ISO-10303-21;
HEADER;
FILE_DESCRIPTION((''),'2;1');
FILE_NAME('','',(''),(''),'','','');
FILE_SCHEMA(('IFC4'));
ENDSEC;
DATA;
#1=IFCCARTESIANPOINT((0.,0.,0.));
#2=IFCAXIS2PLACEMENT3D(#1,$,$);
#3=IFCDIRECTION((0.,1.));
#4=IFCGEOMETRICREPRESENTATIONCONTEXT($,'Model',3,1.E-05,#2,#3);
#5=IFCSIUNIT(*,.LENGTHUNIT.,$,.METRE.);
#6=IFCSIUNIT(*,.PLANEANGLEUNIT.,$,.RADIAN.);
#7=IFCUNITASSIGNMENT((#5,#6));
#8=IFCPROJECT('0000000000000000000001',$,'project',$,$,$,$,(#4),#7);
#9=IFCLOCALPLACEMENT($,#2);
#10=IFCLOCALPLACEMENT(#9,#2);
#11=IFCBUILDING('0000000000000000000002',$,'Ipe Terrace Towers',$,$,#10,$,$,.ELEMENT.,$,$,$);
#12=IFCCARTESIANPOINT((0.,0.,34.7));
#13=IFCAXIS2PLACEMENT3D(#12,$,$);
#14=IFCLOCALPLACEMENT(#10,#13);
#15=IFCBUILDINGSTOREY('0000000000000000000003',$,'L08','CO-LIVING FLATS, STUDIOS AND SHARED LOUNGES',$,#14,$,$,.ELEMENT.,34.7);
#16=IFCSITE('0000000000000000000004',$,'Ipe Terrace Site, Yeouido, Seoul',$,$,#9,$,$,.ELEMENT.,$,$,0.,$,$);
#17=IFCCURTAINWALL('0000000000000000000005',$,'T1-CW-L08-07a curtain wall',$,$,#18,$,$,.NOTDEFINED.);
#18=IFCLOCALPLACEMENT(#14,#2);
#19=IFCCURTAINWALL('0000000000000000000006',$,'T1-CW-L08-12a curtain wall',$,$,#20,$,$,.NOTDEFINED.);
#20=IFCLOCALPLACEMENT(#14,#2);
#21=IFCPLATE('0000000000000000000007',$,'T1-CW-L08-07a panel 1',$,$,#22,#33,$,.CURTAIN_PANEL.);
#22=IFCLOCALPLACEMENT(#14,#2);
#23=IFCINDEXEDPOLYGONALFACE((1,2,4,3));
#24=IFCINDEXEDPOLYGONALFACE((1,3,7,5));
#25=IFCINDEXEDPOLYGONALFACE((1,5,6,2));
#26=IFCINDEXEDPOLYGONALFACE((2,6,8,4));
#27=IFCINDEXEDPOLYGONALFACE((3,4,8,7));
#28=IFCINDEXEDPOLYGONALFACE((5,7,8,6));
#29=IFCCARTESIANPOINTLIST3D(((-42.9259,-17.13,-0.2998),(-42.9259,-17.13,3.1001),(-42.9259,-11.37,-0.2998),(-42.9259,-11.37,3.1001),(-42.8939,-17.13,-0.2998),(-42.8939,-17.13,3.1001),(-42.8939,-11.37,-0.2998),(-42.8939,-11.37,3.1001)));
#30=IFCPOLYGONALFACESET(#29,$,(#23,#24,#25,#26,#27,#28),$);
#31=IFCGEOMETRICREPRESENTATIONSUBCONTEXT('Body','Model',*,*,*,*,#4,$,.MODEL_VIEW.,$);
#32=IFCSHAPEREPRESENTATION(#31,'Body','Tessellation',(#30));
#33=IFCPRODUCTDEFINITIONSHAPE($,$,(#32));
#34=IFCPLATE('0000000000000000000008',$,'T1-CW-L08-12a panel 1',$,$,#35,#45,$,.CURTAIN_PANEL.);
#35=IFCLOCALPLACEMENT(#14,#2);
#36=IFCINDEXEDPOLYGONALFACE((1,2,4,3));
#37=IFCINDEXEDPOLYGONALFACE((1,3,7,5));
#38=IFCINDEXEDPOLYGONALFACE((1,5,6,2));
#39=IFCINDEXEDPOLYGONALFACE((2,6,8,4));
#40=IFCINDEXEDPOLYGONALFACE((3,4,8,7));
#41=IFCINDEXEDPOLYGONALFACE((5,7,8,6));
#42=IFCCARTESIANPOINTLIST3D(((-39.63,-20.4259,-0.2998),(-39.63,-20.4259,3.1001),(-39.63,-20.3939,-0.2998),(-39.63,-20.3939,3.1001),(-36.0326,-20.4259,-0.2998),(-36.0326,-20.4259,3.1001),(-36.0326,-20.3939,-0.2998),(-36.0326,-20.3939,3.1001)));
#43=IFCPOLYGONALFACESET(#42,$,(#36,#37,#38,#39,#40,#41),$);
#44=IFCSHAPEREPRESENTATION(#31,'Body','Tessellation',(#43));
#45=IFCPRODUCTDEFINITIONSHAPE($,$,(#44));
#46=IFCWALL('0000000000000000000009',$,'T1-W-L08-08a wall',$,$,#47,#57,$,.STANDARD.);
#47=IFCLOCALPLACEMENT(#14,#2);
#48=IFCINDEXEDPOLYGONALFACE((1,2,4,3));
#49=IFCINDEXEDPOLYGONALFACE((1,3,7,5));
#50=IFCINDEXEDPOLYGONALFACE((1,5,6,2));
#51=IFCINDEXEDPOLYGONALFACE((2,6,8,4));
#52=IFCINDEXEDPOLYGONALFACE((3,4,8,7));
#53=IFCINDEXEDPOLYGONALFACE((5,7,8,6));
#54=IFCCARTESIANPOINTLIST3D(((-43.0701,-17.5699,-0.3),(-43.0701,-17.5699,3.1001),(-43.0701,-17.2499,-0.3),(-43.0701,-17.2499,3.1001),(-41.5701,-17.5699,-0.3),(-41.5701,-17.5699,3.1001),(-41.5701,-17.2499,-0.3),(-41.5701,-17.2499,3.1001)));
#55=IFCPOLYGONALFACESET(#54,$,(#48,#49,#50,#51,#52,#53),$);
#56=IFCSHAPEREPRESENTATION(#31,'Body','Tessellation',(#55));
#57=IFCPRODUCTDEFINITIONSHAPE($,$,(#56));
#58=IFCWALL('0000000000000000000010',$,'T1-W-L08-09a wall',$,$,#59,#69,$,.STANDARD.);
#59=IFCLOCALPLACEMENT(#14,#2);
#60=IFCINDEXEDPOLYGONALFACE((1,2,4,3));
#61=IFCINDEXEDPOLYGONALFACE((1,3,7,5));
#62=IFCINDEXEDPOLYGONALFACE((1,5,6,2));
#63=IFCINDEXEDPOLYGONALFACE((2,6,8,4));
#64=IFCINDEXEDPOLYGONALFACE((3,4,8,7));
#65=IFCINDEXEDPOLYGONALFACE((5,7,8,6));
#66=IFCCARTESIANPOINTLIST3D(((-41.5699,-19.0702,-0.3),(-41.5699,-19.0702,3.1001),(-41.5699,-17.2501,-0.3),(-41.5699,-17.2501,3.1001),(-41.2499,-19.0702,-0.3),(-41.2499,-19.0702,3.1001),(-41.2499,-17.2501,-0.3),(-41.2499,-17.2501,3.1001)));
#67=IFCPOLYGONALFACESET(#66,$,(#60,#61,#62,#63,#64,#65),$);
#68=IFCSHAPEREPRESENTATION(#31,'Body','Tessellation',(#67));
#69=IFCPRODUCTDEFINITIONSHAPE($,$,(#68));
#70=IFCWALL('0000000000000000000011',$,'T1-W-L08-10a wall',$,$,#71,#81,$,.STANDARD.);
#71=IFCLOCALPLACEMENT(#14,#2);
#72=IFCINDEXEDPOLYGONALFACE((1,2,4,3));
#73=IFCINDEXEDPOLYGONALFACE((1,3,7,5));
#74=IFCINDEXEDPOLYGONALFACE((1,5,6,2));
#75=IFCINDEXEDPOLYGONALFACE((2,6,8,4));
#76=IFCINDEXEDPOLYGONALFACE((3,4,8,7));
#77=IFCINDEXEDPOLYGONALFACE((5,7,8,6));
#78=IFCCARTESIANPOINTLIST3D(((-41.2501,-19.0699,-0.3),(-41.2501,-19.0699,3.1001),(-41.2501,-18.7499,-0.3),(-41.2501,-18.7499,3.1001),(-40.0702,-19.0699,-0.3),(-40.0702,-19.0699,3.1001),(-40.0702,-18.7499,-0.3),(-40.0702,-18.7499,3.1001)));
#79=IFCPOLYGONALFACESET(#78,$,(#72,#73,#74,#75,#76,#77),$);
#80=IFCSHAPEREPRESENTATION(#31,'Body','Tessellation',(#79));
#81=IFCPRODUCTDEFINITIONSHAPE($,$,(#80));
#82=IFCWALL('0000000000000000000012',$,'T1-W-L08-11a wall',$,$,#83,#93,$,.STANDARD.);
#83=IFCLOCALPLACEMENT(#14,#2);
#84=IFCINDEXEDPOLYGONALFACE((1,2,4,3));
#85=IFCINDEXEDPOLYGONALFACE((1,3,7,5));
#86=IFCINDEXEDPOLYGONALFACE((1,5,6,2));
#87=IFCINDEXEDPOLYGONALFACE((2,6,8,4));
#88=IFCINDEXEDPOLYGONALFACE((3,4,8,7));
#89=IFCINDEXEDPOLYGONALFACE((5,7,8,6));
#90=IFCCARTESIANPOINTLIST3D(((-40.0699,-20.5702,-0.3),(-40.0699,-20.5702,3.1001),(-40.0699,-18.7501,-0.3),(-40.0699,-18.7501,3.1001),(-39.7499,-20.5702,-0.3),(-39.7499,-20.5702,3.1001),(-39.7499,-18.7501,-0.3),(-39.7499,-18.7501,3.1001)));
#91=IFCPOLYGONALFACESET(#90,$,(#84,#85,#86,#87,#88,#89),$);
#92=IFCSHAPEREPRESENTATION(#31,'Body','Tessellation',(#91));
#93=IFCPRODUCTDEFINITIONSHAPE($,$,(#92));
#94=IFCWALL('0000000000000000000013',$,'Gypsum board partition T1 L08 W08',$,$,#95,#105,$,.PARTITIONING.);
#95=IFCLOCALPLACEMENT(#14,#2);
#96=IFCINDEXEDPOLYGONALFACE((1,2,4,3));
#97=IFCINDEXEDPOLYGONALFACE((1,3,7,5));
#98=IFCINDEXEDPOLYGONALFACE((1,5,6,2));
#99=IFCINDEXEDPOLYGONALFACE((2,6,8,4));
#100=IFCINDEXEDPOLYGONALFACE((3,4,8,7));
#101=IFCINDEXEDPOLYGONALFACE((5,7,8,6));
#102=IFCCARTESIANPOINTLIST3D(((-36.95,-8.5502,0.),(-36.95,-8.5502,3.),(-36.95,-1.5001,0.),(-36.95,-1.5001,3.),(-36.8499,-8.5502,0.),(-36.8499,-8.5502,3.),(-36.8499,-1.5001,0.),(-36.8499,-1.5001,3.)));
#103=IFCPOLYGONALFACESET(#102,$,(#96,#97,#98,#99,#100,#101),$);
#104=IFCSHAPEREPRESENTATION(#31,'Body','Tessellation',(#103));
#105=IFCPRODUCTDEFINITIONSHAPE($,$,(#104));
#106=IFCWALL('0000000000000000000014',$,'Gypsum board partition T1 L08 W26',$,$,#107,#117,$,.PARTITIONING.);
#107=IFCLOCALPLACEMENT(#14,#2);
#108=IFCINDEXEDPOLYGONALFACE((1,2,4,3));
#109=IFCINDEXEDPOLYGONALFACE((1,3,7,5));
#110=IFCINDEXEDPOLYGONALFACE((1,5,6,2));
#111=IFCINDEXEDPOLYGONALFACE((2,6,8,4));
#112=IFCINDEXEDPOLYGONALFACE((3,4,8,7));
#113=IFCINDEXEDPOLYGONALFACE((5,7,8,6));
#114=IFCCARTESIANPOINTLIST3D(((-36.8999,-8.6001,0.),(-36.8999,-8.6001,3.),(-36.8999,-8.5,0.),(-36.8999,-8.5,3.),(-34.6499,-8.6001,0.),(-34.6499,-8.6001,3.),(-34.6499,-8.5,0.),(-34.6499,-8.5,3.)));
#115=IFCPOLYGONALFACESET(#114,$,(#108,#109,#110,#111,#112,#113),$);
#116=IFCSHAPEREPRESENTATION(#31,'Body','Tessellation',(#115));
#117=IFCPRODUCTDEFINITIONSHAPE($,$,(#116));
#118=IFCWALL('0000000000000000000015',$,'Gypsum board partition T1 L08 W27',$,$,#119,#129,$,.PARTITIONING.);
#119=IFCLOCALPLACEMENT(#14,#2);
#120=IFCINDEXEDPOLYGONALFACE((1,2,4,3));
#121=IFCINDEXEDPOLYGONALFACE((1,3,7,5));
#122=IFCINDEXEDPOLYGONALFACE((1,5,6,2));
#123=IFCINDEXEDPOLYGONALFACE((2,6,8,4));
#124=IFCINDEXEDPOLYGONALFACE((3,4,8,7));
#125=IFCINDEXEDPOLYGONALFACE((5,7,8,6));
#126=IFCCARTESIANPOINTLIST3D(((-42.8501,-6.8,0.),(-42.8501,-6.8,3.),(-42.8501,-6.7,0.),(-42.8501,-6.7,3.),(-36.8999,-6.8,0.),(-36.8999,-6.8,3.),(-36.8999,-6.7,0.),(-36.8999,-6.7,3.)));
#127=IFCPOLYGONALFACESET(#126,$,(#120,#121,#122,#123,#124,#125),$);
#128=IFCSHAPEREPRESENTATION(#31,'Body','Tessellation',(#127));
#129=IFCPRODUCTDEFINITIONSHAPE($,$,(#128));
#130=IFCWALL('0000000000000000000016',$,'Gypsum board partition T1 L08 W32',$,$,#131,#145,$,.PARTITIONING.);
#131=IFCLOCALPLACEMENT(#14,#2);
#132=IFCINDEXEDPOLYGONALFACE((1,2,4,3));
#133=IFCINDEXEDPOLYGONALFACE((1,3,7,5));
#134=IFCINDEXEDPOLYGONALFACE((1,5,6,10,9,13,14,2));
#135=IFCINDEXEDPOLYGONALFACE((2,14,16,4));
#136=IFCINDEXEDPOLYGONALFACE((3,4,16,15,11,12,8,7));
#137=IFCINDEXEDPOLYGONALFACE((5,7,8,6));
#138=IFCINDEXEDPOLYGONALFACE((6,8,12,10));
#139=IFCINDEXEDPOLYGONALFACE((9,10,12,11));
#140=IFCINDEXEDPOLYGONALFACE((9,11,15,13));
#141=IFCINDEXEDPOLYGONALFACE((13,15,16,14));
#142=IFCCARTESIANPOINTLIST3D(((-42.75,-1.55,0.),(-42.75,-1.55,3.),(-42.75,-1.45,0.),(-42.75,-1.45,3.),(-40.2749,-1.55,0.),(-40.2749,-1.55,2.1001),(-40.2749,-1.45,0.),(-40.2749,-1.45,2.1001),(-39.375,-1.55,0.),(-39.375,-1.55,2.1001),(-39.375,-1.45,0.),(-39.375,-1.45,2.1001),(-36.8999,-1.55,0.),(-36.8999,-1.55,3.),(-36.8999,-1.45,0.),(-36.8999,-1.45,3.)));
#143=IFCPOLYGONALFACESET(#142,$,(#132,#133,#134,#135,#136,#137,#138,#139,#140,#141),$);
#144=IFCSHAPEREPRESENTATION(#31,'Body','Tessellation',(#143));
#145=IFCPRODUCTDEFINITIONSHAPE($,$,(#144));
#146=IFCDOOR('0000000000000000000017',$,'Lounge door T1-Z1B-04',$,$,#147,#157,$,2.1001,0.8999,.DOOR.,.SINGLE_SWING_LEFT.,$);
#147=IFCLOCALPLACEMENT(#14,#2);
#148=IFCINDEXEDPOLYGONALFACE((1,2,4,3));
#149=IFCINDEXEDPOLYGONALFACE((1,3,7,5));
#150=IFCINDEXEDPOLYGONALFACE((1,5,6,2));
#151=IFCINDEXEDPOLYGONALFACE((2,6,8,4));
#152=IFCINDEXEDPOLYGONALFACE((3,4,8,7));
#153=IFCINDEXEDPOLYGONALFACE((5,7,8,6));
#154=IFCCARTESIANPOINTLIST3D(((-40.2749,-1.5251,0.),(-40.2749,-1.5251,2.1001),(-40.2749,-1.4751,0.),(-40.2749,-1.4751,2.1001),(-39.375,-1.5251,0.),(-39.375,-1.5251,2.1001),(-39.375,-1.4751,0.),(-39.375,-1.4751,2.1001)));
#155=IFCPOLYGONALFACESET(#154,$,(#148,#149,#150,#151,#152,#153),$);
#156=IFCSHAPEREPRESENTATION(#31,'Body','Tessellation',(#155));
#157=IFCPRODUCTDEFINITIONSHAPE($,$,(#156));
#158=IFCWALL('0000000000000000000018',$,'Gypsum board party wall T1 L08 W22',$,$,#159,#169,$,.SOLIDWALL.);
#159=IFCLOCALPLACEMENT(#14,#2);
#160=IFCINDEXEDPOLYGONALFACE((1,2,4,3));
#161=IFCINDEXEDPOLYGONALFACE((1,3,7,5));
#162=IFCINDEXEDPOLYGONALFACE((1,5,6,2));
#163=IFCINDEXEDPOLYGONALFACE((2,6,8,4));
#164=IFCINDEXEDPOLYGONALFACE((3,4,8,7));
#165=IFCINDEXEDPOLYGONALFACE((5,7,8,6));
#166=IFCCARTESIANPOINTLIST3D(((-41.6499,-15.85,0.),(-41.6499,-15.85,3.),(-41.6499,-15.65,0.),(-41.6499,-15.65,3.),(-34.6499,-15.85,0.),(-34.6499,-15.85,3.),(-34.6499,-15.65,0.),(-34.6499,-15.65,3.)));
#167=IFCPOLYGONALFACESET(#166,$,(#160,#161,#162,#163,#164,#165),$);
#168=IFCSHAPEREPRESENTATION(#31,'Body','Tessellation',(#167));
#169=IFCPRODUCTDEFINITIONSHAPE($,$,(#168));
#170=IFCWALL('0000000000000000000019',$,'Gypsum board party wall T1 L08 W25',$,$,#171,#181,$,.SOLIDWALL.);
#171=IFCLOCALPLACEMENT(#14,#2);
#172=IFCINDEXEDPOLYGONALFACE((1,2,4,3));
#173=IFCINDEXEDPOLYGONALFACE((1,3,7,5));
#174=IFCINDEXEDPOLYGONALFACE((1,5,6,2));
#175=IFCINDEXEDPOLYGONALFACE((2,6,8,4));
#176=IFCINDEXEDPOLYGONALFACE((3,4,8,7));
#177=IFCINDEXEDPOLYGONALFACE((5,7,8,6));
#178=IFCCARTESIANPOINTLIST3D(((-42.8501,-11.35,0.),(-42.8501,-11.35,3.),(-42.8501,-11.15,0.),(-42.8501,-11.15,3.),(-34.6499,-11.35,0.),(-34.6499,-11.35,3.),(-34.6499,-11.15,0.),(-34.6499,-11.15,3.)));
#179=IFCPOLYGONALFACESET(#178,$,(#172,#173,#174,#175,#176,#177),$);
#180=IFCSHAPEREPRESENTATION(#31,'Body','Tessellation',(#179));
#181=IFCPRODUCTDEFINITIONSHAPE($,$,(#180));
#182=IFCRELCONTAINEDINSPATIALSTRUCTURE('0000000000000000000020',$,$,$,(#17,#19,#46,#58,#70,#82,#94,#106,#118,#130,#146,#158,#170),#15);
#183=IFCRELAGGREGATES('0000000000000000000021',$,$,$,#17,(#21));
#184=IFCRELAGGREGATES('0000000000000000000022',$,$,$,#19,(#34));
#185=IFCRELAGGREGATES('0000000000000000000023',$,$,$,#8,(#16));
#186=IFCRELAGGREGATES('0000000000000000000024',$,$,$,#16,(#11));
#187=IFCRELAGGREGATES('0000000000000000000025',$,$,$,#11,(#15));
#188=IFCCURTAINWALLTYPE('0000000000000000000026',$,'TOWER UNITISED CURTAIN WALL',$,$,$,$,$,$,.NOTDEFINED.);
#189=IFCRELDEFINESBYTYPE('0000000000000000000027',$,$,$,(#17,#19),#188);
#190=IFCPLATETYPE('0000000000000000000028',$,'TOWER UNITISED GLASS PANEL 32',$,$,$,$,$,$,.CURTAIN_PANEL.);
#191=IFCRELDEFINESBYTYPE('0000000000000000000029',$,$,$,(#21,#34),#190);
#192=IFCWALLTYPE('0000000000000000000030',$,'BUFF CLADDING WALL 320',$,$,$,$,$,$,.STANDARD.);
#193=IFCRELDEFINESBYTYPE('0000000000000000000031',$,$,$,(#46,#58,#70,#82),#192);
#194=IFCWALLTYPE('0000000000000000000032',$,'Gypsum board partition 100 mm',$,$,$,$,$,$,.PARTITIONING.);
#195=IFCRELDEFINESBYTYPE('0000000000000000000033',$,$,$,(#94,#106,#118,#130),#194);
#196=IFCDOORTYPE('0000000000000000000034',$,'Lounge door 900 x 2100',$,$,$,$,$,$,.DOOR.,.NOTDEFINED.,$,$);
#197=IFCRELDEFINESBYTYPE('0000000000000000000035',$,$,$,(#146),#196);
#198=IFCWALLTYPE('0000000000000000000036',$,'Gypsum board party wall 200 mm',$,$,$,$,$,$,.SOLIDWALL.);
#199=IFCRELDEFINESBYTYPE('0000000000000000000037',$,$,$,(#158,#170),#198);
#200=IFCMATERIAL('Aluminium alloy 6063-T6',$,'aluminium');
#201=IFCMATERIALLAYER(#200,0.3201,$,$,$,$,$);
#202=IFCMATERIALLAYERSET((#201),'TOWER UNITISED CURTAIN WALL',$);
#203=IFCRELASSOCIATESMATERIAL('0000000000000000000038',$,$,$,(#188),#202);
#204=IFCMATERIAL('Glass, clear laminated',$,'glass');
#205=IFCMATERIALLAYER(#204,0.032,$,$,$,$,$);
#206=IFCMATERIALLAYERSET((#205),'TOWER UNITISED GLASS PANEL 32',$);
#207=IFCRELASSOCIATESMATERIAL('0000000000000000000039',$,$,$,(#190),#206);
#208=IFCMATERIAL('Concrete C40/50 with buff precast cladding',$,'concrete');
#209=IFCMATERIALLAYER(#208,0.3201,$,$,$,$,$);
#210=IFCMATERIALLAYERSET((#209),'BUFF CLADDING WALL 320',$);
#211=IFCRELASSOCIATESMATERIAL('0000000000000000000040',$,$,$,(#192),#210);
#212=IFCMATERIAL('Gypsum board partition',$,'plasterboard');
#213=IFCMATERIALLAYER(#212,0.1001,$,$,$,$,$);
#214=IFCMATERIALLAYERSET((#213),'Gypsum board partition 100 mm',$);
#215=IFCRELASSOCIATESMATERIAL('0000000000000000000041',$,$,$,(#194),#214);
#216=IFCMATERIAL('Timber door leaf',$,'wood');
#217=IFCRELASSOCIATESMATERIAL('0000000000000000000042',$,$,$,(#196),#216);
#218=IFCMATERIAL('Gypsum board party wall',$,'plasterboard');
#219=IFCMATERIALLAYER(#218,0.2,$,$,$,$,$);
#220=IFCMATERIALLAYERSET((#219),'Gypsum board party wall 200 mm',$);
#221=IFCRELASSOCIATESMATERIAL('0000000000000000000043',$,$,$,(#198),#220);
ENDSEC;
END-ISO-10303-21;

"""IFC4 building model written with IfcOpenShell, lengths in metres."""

from ifc_helpers import new_model, si_unit, direction, frame, frame_2d, origin, origin_2d, place, context, subcontext, project, spatial, rectangle, extrude, material, layer, layer_set, type_object, element, fill, aggregate, save


model = new_model("IFC4")

# Units and contexts
model_context = context("Model", 3, precision=1e-05, world=origin(), true_north=direction((0.0, 1.0)))
body_context = subcontext(model_context, "Body", "Model", "MODEL_VIEW")
ifc_project = project(units=[si_unit("LENGTHUNIT", "METRE"), si_unit("PLANEANGLEUNIT", "RADIAN")], contexts=[model_context])

# Site, building, storey
site_placement = place(None, origin())
site = spatial("IfcSite", under=ifc_project, at=site_placement, Name="Ipe Terrace Site, Yeouido, Seoul", CompositionType="ELEMENT", RefElevation=0.0)
building_placement = place(site_placement, origin())
building = spatial("IfcBuilding", under=site, at=building_placement, Name="Ipe Terrace Towers", CompositionType="ELEMENT")
storey_placement = place(building_placement, frame((0.0, 0.0, 34.7)))
storey = spatial("IfcBuildingStorey", under=building, at=storey_placement, Name="L08", Description="CO-LIVING FLATS, STUDIOS AND SHARED LOUNGES", CompositionType="ELEMENT", Elevation=34.7)

# Curtain wall
ifc_material_1 = material(Name="Aluminium alloy 6063-T6", Category="aluminium")
ifc_layer_1 = layer(ifc_material_1, 0.3201)
ifc_layer_set_1 = layer_set([ifc_layer_1], Name="TOWER UNITISED CURTAIN WALL")
curtain_wall_type = type_object("IfcCurtainWallType", Name="TOWER UNITISED CURTAIN WALL", PredefinedType="NOTDEFINED", material=ifc_layer_set_1)
curtain_wall_1_placement = place(storey_placement, origin())
curtain_wall_1 = element("IfcCurtainWall", 1, at=curtain_wall_1_placement, inside=storey, type_object=curtain_wall_type, Name="T1-CW-L08-07a curtain wall", PredefinedType="NOTDEFINED")

# Curtain wall
curtain_wall_2_placement = place(storey_placement, origin())
curtain_wall_2 = element("IfcCurtainWall", 2, at=curtain_wall_2_placement, inside=storey, type_object=curtain_wall_type, Name="T1-CW-L08-12a curtain wall", PredefinedType="NOTDEFINED")

# Plates
ifc_material_2 = material(Name="Glass, clear laminated", Category="glass")
ifc_layer_2 = layer(ifc_material_2, 0.032)
ifc_layer_set_2 = layer_set([ifc_layer_2], Name="TOWER UNITISED GLASS PANEL 32")
plate_type = type_object("IfcPlateType", Name="TOWER UNITISED GLASS PANEL 32", PredefinedType="CURTAIN_PANEL", material=ifc_layer_set_2)
plate_1_placement = place(storey_placement, frame((-42.9099, -14.25, -0.2998), z_axis=(0.0, 0.0, 1.0), x_axis=(0.0, -1.0, 0.0)))
plate_1 = element("IfcPlate", 3, at=plate_1_placement, type_object=plate_type, Name="T1-CW-L08-07a panel 1", PredefinedType="CURTAIN_PANEL", context=body_context, shape_type="SweptSolid", body=[
    extrude(rectangle(XDim=5.76, YDim=0.032, at=origin_2d()), origin(), (0.0, 0.0, 1.0), 3.3999),
])
aggregate(curtain_wall_1, [plate_1])
plate_2_placement = place(storey_placement, frame((-37.8313, -20.4099, -0.2998), z_axis=(0.0, 0.0, 1.0), x_axis=(1.0, 0.0, 0.0)))
plate_2 = element("IfcPlate", 4, at=plate_2_placement, type_object=plate_type, Name="T1-CW-L08-12a panel 1", PredefinedType="CURTAIN_PANEL", context=body_context, shape_type="SweptSolid", body=[
    extrude(rectangle(XDim=3.5974, YDim=0.032, at=origin_2d()), origin(), (0.0, 0.0, 1.0), 3.3999),
])
aggregate(curtain_wall_2, [plate_2])

# Walls
ifc_material_3 = material(Name="Concrete C40/50 with buff precast cladding", Category="concrete")
ifc_layer_3 = layer(ifc_material_3, 0.3201)
ifc_layer_set_3 = layer_set([ifc_layer_3], Name="BUFF CLADDING WALL 320")
wall_type_1 = type_object("IfcWallType", Name="BUFF CLADDING WALL 320", PredefinedType="STANDARD", material=ifc_layer_set_3)
wall_1_placement = place(storey_placement, frame((-43.0701, -17.4099, -0.3), z_axis=(0.0, 0.0, 1.0), x_axis=(1.0, 0.0, 0.0)))
element("IfcWall", 5, at=wall_1_placement, inside=storey, type_object=wall_type_1, Name="T1-W-L08-08a wall", PredefinedType="STANDARD", context=body_context, shape_type="SweptSolid", body=[
    extrude(rectangle(XDim=1.5, YDim=0.3201, at=frame_2d((0.75, 0.0))), origin(), (0.0, 0.0, 1.0), 3.4001),
])
wall_2_placement = place(storey_placement, frame((-41.4099, -17.25, -0.3), z_axis=(0.0, 0.0, 1.0), x_axis=(0.0, -1.0, 0.0)))
element("IfcWall", 6, at=wall_2_placement, inside=storey, type_object=wall_type_1, Name="T1-W-L08-09a wall", PredefinedType="STANDARD", context=body_context, shape_type="SweptSolid", body=[
    extrude(rectangle(XDim=1.8201, YDim=0.3201, at=frame_2d((0.9102, 0.0))), origin(), (0.0, 0.0, 1.0), 3.4001),
])
wall_3_placement = place(storey_placement, frame((-41.25, -18.9099, -0.3), z_axis=(0.0, 0.0, 1.0), x_axis=(1.0, 0.0, 0.0)))
element("IfcWall", 7, at=wall_3_placement, inside=storey, type_object=wall_type_1, Name="T1-W-L08-10a wall", PredefinedType="STANDARD", context=body_context, shape_type="SweptSolid", body=[
    extrude(rectangle(XDim=1.1799, YDim=0.3201, at=frame_2d((0.5898, 0.0))), origin(), (0.0, 0.0, 1.0), 3.4001),
])
wall_4_placement = place(storey_placement, frame((-39.9099, -18.75, -0.3), z_axis=(0.0, 0.0, 1.0), x_axis=(0.0, -1.0, 0.0)))
element("IfcWall", 8, at=wall_4_placement, inside=storey, type_object=wall_type_1, Name="T1-W-L08-11a wall", PredefinedType="STANDARD", context=body_context, shape_type="SweptSolid", body=[
    extrude(rectangle(XDim=1.8201, YDim=0.3201, at=frame_2d((0.9102, 0.0))), origin(), (0.0, 0.0, 1.0), 3.4001),
])
ifc_material_4 = material(Name="Gypsum board partition", Category="plasterboard")
ifc_layer_4 = layer(ifc_material_4, 0.1001)
ifc_layer_set_4 = layer_set([ifc_layer_4], Name="Gypsum board partition 100 mm")
wall_type_2 = type_object("IfcWallType", Name="Gypsum board partition 100 mm", PredefinedType="PARTITIONING", material=ifc_layer_set_4)
wall_5_placement = place(storey_placement, frame((-36.8999, -8.55, 0.0), z_axis=(0.0, 0.0, 1.0), x_axis=(0.0, 1.0, 0.0)))
element("IfcWall", 9, at=wall_5_placement, inside=storey, type_object=wall_type_2, Name="Gypsum board partition T1 L08 W08", PredefinedType="PARTITIONING", context=body_context, shape_type="SweptSolid", body=[
    extrude(rectangle(XDim=7.05, YDim=0.1001, at=frame_2d((3.5249, 0.0))), origin(), (0.0, 0.0, 1.0), 3.0),
])
wall_6_placement = place(storey_placement, frame((-36.8999, -8.55, 0.0), z_axis=(0.0, 0.0, 1.0), x_axis=(1.0, 0.0, 0.0)))
element("IfcWall", 10, at=wall_6_placement, inside=storey, type_object=wall_type_2, Name="Gypsum board partition T1 L08 W26", PredefinedType="PARTITIONING", context=body_context, shape_type="SweptSolid", body=[
    extrude(rectangle(XDim=2.25, YDim=0.1001, at=frame_2d((1.125, 0.0))), origin(), (0.0, 0.0, 1.0), 3.0),
])
wall_7_placement = place(storey_placement, frame((-42.8501, -6.75, 0.0), z_axis=(0.0, 0.0, 1.0), x_axis=(1.0, 0.0, 0.0)))
element("IfcWall", 11, at=wall_7_placement, inside=storey, type_object=wall_type_2, Name="Gypsum board partition T1 L08 W27", PredefinedType="PARTITIONING", context=body_context, shape_type="SweptSolid", body=[
    extrude(rectangle(XDim=5.9502, YDim=0.1001, at=frame_2d((2.9751, 0.0))), origin(), (0.0, 0.0, 1.0), 3.0),
])

# Wall, opening, door
wall_8_placement = place(storey_placement, frame((-42.75, -1.5, 0.0), z_axis=(0.0, 0.0, 1.0), x_axis=(1.0, 0.0, 0.0)))
wall_8 = element("IfcWall", 12, at=wall_8_placement, inside=storey, type_object=wall_type_2, Name="Gypsum board partition T1 L08 W32", PredefinedType="PARTITIONING", context=body_context, shape_type="SweptSolid", body=[
    extrude(rectangle(XDim=5.8501, YDim=0.1001, at=frame_2d((2.925, 0.0))), origin(), (0.0, 0.0, 1.0), 3.0),
])
opening_1_placement = place(wall_8_placement, frame((2.4751, 0.0, 0.0)))
opening_1 = element("IfcOpeningElement", 13, at=opening_1_placement, cuts=wall_8, PredefinedType="OPENING", context=body_context, shape_type="SweptSolid", body=[
    extrude(rectangle(XDim=0.8999, YDim=2.1001, at=frame_2d((0.45, 1.05))), frame((0.0, 0.0601, 0.0), z_axis=(0.0, -1.0, 0.0), x_axis=(1.0, 0.0, 0.0)), (0.0, 0.0, 1.0), 0.1201),
])
ifc_material_5 = material(Name="Timber door leaf", Category="wood")
door_type_1 = type_object("IfcDoorType", Name="Lounge door 900 x 2100", OperationType="NOTDEFINED", PredefinedType="DOOR", material=ifc_material_5)
door_1_placement = place(opening_1_placement, origin())
door_1 = element("IfcDoor", 14, at=door_1_placement, inside=storey, type_object=door_type_1, Name="Lounge door T1-Z1B-04", OperationType="SINGLE_SWING_LEFT", OverallHeight=2.1001, OverallWidth=0.8999, PredefinedType="DOOR", context=body_context, shape_type="SweptSolid", body=[
    extrude(rectangle(XDim=0.8999, YDim=2.1001, at=frame_2d((0.45, 1.05))), frame((0.0, 0.0249, 0.0), z_axis=(0.0, -1.0, 0.0), x_axis=(1.0, 0.0, 0.0)), (0.0, 0.0, 1.0), 0.05),
])
fill(opening_1, door_1)

# Walls
ifc_material_6 = material(Name="Gypsum board party wall", Category="plasterboard")
ifc_layer_5 = layer(ifc_material_6, 0.2)
ifc_layer_set_5 = layer_set([ifc_layer_5], Name="Gypsum board party wall 200 mm")
wall_type_3 = type_object("IfcWallType", Name="Gypsum board party wall 200 mm", PredefinedType="SOLIDWALL", material=ifc_layer_set_5)
wall_9_placement = place(storey_placement, frame((-41.6499, -15.75, 0.0), z_axis=(0.0, 0.0, 1.0), x_axis=(1.0, 0.0, 0.0)))
element("IfcWall", 15, at=wall_9_placement, inside=storey, type_object=wall_type_3, Name="Gypsum board party wall T1 L08 W22", PredefinedType="SOLIDWALL", context=body_context, shape_type="SweptSolid", body=[
    extrude(rectangle(XDim=7.0, YDim=0.2, at=frame_2d((3.5, 0.0))), origin(), (0.0, 0.0, 1.0), 3.0),
])
wall_10_placement = place(storey_placement, frame((-42.8501, -11.25, 0.0), z_axis=(0.0, 0.0, 1.0), x_axis=(1.0, 0.0, 0.0)))
element("IfcWall", 16, at=wall_10_placement, inside=storey, type_object=wall_type_3, Name="Gypsum board party wall T1 L08 W25", PredefinedType="SOLIDWALL", context=body_context, shape_type="SweptSolid", body=[
    extrude(rectangle(XDim=8.2002, YDim=0.2, at=frame_2d((4.1001, 0.0))), origin(), (0.0, 0.0, 1.0), 3.0),
])

save(model, "model.ifc")
